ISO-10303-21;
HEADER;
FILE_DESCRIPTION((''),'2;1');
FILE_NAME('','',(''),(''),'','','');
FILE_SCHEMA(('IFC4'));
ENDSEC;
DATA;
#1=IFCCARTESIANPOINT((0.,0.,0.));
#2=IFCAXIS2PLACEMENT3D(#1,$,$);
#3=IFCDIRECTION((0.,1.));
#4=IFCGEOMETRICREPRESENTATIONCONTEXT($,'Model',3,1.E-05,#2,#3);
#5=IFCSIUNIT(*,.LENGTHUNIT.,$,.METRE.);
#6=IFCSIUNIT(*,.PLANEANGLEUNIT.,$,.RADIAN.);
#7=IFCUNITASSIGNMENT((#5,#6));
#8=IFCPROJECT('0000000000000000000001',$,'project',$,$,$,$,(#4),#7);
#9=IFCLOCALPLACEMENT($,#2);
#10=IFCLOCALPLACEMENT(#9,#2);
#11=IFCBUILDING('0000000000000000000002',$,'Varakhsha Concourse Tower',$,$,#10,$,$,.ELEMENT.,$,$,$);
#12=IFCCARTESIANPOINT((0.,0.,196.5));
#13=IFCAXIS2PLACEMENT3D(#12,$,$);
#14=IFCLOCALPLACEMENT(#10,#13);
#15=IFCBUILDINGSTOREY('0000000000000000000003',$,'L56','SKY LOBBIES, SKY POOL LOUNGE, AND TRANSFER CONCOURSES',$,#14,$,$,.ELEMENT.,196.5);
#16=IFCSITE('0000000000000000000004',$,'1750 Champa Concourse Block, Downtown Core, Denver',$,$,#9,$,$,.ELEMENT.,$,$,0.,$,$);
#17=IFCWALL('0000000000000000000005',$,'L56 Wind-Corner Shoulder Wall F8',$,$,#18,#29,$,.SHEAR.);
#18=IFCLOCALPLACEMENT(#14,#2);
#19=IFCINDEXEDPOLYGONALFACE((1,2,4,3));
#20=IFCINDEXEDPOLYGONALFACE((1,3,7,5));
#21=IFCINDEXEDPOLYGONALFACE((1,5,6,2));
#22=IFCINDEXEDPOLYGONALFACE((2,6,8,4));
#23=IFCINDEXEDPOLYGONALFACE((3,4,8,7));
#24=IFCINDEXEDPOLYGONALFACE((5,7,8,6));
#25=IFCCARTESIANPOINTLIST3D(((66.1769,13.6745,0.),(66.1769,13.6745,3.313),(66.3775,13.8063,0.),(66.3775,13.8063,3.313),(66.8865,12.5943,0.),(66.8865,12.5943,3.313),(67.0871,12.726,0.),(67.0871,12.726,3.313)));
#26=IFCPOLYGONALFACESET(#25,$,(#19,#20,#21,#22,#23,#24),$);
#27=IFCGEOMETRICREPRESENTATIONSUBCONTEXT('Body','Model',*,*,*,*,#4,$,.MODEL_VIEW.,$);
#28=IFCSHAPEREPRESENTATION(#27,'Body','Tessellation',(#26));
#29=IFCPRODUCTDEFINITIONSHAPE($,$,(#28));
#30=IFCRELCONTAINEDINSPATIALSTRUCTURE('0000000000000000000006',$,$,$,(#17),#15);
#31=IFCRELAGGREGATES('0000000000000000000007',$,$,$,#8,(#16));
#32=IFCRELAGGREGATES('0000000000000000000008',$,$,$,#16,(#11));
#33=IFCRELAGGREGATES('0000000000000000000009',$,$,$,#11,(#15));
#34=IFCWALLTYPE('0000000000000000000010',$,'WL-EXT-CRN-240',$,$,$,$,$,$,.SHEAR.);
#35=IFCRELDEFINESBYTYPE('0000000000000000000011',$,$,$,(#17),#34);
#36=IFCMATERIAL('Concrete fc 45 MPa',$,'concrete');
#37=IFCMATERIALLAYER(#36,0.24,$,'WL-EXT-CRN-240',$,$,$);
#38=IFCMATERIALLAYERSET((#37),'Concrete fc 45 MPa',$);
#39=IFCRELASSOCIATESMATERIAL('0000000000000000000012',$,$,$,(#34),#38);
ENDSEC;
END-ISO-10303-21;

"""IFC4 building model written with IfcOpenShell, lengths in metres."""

from ifc_helpers import new_model, si_unit, direction, frame, frame_2d, origin, place, context, subcontext, project, spatial, rectangle, extrude, material, layer, layer_set, type_object, element, save


model = new_model("IFC4")

# Units and contexts
model_context = context("Model", 3, precision=1e-05, world=origin(), true_north=direction((0.0, 1.0)))
body_context = subcontext(model_context, "Body", "Model", "MODEL_VIEW")
ifc_project = project(units=[si_unit("LENGTHUNIT", "METRE"), si_unit("PLANEANGLEUNIT", "RADIAN")], contexts=[model_context])

# Site, building, storey
site_placement = place(None, origin())
site = spatial("IfcSite", under=ifc_project, at=site_placement, Name="1750 Champa Concourse Block, Downtown Core, Denver", CompositionType="ELEMENT", RefElevation=0.0)
building_placement = place(site_placement, origin())
building = spatial("IfcBuilding", under=site, at=building_placement, Name="Varakhsha Concourse Tower", CompositionType="ELEMENT")
storey_placement = place(building_placement, frame((0.0, 0.0, 196.5)))
storey = spatial("IfcBuildingStorey", under=building, at=storey_placement, Name="L56", Description="SKY LOBBIES, SKY POOL LOUNGE, AND TRANSFER CONCOURSES", CompositionType="ELEMENT", Elevation=196.5)

# Wall
ifc_material_1 = material(Name="Concrete fc 45 MPa", Category="concrete")
ifc_layer_1 = layer(ifc_material_1, 0.24, Name="WL-EXT-CRN-240")
ifc_layer_set_1 = layer_set([ifc_layer_1], Name="Concrete fc 45 MPa")
wall_type = type_object("IfcWallType", Name="WL-EXT-CRN-240", PredefinedType="SHEAR", material=ifc_layer_set_1)
wall_placement = place(storey_placement, frame((66.9868, 12.6602, 0.0), z_axis=(0.0, 0.0, 1.0), x_axis=(-0.549065, 0.83578, 0.0)))
element("IfcWall", 1, at=wall_placement, inside=storey, type_object=wall_type, Name="L56 Wind-Corner Shoulder Wall F8", PredefinedType="SHEAR", context=body_context, shape_type="SweptSolid", body=[
    extrude(rectangle(XDim=1.2925, YDim=0.24, at=frame_2d((0.6462, 0.0))), origin(), (0.0, 0.0, 1.0), 3.313),
])

save(model, "model.ifc")
